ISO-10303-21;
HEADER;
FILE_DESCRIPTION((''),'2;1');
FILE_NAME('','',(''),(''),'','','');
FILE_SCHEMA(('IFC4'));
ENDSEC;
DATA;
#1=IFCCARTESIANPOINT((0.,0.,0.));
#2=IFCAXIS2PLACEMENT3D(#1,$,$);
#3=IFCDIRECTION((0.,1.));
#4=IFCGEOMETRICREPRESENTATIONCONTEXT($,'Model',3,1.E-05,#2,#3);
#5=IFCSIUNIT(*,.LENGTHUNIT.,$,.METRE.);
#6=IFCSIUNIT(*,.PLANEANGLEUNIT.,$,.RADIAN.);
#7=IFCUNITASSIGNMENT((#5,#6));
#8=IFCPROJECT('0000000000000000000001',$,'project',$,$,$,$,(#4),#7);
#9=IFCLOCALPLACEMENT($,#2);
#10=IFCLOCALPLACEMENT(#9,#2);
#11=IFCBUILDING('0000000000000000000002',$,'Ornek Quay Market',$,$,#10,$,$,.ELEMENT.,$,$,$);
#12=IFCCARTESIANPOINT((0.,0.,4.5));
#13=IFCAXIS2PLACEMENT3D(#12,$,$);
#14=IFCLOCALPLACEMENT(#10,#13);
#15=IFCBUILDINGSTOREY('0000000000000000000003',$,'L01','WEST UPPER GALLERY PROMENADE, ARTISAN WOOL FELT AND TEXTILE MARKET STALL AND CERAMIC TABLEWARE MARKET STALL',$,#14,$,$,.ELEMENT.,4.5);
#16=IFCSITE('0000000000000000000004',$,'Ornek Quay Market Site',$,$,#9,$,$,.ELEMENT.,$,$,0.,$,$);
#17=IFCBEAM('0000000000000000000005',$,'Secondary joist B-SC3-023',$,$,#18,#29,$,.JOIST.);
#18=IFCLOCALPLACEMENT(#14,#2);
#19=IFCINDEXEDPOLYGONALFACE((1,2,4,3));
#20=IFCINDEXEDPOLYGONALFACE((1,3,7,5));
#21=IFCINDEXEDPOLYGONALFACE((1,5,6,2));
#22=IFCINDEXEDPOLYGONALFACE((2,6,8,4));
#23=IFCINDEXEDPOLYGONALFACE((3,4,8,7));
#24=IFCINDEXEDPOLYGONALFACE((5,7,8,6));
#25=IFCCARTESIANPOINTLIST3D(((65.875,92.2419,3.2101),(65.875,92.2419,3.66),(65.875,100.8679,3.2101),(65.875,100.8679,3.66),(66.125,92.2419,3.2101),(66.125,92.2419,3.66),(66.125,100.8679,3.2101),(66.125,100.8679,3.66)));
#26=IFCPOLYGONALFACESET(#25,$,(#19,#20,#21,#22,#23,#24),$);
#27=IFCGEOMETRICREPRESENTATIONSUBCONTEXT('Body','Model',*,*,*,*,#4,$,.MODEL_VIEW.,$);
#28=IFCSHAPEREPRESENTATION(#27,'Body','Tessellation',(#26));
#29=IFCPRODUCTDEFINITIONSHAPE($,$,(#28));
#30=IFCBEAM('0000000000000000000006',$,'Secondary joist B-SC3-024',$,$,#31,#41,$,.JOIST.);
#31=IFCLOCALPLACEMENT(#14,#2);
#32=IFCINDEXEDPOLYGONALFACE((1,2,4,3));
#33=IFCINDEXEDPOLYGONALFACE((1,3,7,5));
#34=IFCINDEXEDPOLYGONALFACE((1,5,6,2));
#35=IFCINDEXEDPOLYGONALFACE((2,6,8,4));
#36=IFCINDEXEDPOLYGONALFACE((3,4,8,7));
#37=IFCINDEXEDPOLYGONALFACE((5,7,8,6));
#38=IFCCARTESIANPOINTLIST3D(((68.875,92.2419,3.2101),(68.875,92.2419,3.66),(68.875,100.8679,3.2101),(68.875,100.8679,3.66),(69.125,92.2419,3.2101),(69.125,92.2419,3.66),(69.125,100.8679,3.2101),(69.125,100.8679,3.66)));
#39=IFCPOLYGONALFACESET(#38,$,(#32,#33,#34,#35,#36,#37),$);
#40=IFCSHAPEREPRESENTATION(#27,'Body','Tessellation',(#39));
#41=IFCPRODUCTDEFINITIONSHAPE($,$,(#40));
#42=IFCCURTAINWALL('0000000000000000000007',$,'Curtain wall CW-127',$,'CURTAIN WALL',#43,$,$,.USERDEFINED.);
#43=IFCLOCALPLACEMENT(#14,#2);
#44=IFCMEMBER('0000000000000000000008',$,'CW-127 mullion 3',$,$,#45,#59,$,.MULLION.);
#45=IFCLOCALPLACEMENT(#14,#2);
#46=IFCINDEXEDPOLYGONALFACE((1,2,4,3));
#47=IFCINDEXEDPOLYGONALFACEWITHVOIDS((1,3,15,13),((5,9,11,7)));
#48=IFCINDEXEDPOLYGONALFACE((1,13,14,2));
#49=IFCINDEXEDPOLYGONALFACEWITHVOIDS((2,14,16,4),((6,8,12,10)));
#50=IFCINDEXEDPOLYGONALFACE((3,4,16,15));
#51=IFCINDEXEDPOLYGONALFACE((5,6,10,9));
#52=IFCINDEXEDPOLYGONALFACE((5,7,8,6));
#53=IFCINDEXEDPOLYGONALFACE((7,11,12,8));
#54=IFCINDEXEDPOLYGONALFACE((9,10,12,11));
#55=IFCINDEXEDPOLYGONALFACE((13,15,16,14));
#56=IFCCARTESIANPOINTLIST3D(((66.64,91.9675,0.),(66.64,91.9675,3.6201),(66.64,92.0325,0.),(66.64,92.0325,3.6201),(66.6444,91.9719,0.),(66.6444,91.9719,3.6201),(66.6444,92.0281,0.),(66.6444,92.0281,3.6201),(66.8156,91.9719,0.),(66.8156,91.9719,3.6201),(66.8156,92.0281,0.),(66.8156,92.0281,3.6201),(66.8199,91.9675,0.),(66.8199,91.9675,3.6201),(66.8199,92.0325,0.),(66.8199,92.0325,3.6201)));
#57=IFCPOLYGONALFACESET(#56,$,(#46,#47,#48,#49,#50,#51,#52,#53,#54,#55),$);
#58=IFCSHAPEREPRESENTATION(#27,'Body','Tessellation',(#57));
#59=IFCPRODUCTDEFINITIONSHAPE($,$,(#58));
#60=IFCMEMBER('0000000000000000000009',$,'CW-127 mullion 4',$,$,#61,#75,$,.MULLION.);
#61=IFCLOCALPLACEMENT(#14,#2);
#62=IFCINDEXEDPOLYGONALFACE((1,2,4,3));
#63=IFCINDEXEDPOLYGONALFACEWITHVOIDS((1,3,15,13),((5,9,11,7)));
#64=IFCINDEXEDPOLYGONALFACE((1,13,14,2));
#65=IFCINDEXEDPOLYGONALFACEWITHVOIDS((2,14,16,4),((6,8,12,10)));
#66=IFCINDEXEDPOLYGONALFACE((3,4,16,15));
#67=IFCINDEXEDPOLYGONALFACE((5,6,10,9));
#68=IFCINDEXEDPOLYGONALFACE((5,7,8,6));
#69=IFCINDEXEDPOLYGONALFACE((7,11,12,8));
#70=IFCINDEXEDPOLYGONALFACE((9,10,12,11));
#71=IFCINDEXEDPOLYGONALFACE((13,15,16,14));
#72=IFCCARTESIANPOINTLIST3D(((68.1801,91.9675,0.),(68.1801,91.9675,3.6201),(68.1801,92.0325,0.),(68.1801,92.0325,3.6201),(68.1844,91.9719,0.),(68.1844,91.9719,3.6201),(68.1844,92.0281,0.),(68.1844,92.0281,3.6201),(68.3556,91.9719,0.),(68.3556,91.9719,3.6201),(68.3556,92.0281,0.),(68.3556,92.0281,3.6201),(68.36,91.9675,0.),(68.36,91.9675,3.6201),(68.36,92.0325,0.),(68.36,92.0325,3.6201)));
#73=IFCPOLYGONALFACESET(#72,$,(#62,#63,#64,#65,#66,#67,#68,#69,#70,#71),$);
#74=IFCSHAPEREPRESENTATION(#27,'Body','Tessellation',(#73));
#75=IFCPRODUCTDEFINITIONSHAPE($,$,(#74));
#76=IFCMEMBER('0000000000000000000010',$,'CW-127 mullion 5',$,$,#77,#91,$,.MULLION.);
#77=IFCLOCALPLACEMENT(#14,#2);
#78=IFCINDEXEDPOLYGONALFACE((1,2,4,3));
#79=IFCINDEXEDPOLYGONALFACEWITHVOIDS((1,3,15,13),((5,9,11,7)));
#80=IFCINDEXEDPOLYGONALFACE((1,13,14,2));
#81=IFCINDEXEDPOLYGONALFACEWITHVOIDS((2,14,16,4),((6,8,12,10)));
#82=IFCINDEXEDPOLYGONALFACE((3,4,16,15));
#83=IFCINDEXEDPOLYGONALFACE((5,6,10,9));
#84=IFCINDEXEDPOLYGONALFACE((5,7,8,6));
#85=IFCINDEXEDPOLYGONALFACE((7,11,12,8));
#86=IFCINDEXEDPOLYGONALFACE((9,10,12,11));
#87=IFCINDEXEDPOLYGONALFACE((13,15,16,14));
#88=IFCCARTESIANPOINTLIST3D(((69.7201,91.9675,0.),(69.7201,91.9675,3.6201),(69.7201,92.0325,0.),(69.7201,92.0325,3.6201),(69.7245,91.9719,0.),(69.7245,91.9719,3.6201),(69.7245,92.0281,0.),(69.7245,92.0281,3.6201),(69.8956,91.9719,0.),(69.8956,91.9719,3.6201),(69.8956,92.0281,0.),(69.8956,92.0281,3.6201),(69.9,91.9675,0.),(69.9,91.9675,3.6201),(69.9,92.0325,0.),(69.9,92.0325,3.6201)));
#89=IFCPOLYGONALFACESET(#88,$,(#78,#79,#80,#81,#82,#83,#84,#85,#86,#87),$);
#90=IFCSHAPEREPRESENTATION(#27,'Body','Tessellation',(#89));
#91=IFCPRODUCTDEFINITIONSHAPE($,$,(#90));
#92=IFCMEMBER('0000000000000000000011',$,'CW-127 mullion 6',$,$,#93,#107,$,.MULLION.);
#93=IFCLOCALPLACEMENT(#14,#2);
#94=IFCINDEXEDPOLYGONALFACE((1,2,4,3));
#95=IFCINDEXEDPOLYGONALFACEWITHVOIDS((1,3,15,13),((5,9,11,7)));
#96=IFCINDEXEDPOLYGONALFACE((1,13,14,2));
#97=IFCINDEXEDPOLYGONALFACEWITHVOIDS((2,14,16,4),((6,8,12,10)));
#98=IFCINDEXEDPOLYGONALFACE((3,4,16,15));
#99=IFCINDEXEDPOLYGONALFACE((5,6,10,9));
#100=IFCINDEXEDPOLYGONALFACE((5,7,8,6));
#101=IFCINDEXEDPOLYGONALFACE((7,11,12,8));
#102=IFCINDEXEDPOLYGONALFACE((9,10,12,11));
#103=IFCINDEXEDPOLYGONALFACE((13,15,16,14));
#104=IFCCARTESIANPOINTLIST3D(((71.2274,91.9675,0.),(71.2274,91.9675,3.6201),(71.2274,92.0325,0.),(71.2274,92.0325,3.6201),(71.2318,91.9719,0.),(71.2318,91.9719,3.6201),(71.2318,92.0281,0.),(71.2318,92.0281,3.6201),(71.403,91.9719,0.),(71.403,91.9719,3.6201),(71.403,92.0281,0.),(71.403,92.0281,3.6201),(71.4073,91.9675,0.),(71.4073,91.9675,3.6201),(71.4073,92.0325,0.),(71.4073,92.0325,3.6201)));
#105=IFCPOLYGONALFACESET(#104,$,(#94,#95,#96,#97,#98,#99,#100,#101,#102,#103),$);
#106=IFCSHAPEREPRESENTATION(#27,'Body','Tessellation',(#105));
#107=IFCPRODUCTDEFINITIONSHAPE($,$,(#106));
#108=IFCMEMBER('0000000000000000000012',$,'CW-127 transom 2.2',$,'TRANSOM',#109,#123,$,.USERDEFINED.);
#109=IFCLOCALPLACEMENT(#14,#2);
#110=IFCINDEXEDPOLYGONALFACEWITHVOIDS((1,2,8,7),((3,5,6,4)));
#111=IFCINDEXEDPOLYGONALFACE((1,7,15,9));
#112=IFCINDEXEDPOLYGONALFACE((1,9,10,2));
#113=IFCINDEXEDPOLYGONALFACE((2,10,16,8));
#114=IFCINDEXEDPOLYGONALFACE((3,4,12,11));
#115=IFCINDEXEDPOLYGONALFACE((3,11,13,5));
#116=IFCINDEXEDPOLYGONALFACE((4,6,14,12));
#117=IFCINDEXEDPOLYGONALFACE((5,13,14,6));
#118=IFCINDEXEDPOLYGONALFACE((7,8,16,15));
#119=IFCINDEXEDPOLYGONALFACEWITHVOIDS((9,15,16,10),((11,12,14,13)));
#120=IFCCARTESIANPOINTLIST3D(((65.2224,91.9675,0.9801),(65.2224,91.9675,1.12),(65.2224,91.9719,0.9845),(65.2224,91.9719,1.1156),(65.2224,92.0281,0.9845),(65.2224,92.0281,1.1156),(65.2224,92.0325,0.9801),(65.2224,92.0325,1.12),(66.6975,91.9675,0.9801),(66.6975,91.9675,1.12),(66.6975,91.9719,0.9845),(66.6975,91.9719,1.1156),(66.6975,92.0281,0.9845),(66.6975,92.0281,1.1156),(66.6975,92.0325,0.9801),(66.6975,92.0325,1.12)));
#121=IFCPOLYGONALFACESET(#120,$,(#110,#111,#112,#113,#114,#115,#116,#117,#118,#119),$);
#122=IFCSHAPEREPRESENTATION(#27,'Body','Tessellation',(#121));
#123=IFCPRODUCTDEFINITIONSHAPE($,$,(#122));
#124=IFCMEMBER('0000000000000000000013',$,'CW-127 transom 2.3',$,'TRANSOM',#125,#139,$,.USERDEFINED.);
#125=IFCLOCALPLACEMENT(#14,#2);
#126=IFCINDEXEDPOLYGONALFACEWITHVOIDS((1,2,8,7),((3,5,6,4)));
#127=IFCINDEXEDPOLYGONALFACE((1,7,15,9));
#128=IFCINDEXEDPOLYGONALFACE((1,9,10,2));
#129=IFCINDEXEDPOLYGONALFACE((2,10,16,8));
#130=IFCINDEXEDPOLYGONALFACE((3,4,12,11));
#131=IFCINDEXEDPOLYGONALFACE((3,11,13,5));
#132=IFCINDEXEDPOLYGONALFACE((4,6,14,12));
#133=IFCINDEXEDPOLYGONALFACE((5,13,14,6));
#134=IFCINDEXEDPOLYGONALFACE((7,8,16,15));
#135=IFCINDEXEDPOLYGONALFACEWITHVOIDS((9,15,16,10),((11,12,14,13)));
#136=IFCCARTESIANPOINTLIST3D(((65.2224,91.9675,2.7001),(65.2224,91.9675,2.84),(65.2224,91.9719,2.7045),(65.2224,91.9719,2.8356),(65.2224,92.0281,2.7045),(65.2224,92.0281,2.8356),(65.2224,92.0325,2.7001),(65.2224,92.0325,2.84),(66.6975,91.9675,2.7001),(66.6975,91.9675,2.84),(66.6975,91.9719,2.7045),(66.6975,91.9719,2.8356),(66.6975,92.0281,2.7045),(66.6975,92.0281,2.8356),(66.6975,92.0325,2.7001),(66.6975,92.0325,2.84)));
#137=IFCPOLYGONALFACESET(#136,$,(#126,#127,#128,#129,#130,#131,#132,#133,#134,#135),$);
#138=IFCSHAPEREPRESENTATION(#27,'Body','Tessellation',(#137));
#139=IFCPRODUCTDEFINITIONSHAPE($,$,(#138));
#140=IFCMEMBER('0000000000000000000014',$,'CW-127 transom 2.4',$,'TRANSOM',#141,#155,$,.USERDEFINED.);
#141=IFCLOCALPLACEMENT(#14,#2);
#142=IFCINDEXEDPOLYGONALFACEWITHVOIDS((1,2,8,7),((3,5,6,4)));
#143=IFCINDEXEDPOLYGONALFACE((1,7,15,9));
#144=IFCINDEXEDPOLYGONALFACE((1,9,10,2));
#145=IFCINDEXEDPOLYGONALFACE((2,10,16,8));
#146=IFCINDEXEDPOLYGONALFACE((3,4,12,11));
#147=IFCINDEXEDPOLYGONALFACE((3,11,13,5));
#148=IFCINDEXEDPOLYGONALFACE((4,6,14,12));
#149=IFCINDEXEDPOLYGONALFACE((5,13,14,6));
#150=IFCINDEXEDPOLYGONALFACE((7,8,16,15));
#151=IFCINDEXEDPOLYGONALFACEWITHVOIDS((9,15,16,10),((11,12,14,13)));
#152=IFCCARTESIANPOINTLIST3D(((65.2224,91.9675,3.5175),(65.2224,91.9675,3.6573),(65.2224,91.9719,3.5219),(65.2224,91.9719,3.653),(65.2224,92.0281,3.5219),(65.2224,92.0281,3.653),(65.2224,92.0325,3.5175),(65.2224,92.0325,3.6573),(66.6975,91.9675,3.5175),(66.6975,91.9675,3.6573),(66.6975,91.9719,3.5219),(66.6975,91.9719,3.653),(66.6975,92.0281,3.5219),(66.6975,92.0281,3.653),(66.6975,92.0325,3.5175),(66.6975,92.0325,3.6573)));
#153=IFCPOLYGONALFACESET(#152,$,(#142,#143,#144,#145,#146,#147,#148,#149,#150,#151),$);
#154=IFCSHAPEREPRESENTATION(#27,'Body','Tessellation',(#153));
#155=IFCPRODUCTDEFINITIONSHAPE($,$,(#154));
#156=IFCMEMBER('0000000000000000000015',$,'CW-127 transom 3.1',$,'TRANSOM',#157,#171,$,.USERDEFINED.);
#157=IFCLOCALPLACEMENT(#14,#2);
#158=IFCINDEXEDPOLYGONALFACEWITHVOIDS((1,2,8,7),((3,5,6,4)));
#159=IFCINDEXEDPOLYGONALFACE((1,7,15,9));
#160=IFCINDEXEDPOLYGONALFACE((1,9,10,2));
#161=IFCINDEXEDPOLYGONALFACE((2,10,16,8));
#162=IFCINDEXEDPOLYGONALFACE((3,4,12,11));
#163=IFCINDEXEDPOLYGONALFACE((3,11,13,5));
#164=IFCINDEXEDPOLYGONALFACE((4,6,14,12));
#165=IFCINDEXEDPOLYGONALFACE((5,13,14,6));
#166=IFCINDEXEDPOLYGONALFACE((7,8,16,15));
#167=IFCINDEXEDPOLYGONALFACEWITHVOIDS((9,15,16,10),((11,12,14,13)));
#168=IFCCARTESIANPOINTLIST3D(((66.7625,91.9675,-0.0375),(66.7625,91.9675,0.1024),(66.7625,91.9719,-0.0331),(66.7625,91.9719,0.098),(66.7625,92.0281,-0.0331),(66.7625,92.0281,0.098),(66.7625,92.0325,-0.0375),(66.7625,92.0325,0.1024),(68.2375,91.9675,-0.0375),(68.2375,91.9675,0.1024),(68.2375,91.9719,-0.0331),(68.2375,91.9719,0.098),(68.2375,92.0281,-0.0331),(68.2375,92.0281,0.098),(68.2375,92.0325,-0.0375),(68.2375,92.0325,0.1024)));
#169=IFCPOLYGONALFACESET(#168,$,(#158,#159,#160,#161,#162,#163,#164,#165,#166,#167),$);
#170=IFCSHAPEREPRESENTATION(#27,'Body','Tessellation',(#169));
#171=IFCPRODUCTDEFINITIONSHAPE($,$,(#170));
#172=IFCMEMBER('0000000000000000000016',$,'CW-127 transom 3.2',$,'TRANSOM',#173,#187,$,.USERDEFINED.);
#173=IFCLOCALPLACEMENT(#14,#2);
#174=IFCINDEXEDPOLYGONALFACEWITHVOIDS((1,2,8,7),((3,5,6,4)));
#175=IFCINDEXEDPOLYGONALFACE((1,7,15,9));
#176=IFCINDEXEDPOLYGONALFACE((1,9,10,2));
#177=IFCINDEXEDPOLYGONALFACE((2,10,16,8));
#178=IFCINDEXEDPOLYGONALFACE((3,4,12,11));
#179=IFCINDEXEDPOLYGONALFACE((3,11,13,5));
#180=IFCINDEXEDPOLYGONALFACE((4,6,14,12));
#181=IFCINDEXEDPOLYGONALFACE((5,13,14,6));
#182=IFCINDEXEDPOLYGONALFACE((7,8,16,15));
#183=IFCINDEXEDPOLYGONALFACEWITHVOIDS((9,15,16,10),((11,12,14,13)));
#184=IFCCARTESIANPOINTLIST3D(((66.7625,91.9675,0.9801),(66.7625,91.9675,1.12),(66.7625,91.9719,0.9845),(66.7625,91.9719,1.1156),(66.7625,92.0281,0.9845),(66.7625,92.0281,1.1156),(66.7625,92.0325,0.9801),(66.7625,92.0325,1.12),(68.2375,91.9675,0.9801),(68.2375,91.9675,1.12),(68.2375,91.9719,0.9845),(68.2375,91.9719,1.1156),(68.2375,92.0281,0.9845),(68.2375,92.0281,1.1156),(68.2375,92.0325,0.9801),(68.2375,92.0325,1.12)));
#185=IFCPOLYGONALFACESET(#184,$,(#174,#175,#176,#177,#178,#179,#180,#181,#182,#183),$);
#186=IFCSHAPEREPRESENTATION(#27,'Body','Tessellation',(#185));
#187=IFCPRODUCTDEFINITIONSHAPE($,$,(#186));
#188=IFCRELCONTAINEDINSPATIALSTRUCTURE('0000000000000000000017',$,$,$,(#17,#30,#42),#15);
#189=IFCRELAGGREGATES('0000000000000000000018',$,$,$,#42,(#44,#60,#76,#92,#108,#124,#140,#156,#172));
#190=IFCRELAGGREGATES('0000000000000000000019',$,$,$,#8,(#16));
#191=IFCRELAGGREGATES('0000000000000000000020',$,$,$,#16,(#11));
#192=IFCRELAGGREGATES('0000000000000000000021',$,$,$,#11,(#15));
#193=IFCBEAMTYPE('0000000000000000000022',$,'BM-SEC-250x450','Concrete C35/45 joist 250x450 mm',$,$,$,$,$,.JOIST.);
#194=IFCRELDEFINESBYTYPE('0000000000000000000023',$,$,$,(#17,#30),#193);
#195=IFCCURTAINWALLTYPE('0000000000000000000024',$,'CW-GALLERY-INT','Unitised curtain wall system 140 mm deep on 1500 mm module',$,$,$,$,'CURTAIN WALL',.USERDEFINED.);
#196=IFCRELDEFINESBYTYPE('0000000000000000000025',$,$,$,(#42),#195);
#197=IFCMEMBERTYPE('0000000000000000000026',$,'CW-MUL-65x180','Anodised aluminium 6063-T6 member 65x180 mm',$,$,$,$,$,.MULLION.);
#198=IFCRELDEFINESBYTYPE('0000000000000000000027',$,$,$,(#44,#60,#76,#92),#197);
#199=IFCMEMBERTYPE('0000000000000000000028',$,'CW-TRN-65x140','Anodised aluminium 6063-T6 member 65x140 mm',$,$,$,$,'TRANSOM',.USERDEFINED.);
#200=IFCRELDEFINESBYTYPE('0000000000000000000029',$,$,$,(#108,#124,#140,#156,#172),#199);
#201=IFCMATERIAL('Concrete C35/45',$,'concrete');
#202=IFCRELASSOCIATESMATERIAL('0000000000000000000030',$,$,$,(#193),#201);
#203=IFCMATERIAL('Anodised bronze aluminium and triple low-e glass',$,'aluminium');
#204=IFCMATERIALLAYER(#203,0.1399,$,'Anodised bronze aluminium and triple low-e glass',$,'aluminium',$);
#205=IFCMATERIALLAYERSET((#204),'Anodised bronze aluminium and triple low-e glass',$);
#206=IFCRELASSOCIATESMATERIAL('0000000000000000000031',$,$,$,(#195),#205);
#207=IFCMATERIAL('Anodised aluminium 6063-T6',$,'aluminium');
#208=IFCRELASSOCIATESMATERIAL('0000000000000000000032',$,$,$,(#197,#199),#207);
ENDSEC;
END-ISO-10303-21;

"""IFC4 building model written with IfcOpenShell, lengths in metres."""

from ifc_helpers import new_model, si_unit, direction, frame, origin, origin_2d, place, context, subcontext, project, spatial, rectangle, hollow_rectangle, extrude, material, layer, layer_set, material_profile, profile_set, type_object, element, aggregate, save


model = new_model("IFC4")

# Units and contexts
model_context = context("Model", 3, precision=1e-05, world=origin(), true_north=direction((0.0, 1.0)))
body_context = subcontext(model_context, "Body", "Model", "MODEL_VIEW")
ifc_project = project(units=[si_unit("LENGTHUNIT", "METRE"), si_unit("PLANEANGLEUNIT", "RADIAN")], contexts=[model_context])

# Site, building, storey
site_placement = place(None, origin())
site = spatial("IfcSite", under=ifc_project, at=site_placement, Name="Ornek Quay Market Site", CompositionType="ELEMENT", RefElevation=0.0)
building_placement = place(site_placement, origin())
building = spatial("IfcBuilding", under=site, at=building_placement, Name="Ornek Quay Market", CompositionType="ELEMENT")
storey_placement = place(building_placement, frame((0.0, 0.0, 4.5)))
storey = spatial("IfcBuildingStorey", under=building, at=storey_placement, Name="L01", Description="WEST UPPER GALLERY PROMENADE, ARTISAN WOOL FELT AND TEXTILE MARKET STALL AND CERAMIC TABLEWARE MARKET STALL", CompositionType="ELEMENT", Elevation=4.5)

# Beams
ifc_material_1 = material(Name="Concrete C35/45", Category="concrete")
ifc_material_profile_1 = material_profile(ifc_material_1, rectangle(XDim=0.25, YDim=0.45, at=origin_2d()), Name="RC 250x450", Category="concrete")
ifc_profile_set_1 = profile_set([ifc_material_profile_1], Name="Concrete C35/45")
beam_type = type_object("IfcBeamType", Name="BM-SEC-250x450", Description="Concrete C35/45 joist 250x450 mm", PredefinedType="JOIST", material=ifc_profile_set_1)
for number, where, z_axis, x_axis, name in (
    (1, (66.0, 92.2419, 3.4351), (0.0, 1.0, 0.0), (-1.0, 0.0, 0.0), "Secondary joist B-SC3-023"),
    (2, (69.0, 92.2419, 3.4351), (0.0, 1.0, 0.0), (-1.0, 0.0, 0.0), "Secondary joist B-SC3-024"),
):
    element("IfcBeam", number, at=place(storey_placement, frame(where, z_axis=z_axis, x_axis=x_axis)), inside=storey, type_object=beam_type, Name=name, PredefinedType="JOIST", context=body_context, shape_type="SweptSolid", body=[
        extrude(rectangle(XDim=0.25, YDim=0.45, at=origin_2d()), origin(), (0.0, 0.0, 1.0), 8.626),
    ])

# Curtain wall, members
ifc_material_2 = material(Name="Anodised bronze aluminium and triple low-e glass", Category="aluminium")
ifc_layer_1 = layer(ifc_material_2, 0.1399, Name="Anodised bronze aluminium and triple low-e glass", Category="aluminium")
ifc_layer_set_1 = layer_set([ifc_layer_1], Name="Anodised bronze aluminium and triple low-e glass")
curtain_wall_type = type_object("IfcCurtainWallType", Name="CW-GALLERY-INT", Description="Unitised curtain wall system 140 mm deep on 1500 mm module", ElementType="CURTAIN WALL", PredefinedType="USERDEFINED", material=ifc_layer_set_1)
curtain_wall_placement = place(storey_placement, origin())
curtain_wall = element("IfcCurtainWall", 3, at=curtain_wall_placement, inside=storey, type_object=curtain_wall_type, Name="Curtain wall CW-127", ObjectType="CURTAIN WALL", PredefinedType="USERDEFINED")
ifc_material_3 = material(Name="Anodised aluminium 6063-T6", Category="aluminium")
ifc_material_profile_2 = material_profile(ifc_material_3, hollow_rectangle(XDim=0.0649, YDim=0.1799, WallThickness=0.0044, at=origin_2d()), Name="CW-MUL-65x180", Category="aluminium")
ifc_profile_set_2 = profile_set([ifc_material_profile_2], Name="Anodised aluminium 6063-T6")
member_type_1 = type_object("IfcMemberType", Name="CW-MUL-65x180", Description="Anodised aluminium 6063-T6 member 65x180 mm", PredefinedType="MULLION", material=ifc_profile_set_2)
member_1_placement = place(storey_placement, frame((66.73, 92.0, 0.0), z_axis=(0.0, 0.0, 1.0), x_axis=(0.0, 1.0, 0.0)))
member_1 = element("IfcMember", 4, at=member_1_placement, type_object=member_type_1, Name="CW-127 mullion 3", PredefinedType="MULLION", context=body_context, shape_type="SweptSolid", body=[
    extrude(hollow_rectangle(XDim=0.0649, YDim=0.1799, WallThickness=0.0044, at=origin_2d()), origin(), (0.0, 0.0, 1.0), 3.6201),
])
member_2_placement = place(storey_placement, frame((68.27, 92.0, 0.0), z_axis=(0.0, 0.0, 1.0), x_axis=(0.0, 1.0, 0.0)))
member_2 = element("IfcMember", 5, at=member_2_placement, type_object=member_type_1, Name="CW-127 mullion 4", PredefinedType="MULLION", context=body_context, shape_type="SweptSolid", body=[
    extrude(hollow_rectangle(XDim=0.0649, YDim=0.1799, WallThickness=0.0044, at=origin_2d()), origin(), (0.0, 0.0, 1.0), 3.6201),
])
member_3_placement = place(storey_placement, frame((69.8101, 92.0, 0.0), z_axis=(0.0, 0.0, 1.0), x_axis=(0.0, 1.0, 0.0)))
member_3 = element("IfcMember", 6, at=member_3_placement, type_object=member_type_1, Name="CW-127 mullion 5", PredefinedType="MULLION", context=body_context, shape_type="SweptSolid", body=[
    extrude(hollow_rectangle(XDim=0.0649, YDim=0.1799, WallThickness=0.0044, at=origin_2d()), origin(), (0.0, 0.0, 1.0), 3.6201),
])
member_4_placement = place(storey_placement, frame((71.3174, 92.0, 0.0), z_axis=(0.0, 0.0, 1.0), x_axis=(0.0, 1.0, 0.0)))
member_4 = element("IfcMember", 7, at=member_4_placement, type_object=member_type_1, Name="CW-127 mullion 6", PredefinedType="MULLION", context=body_context, shape_type="SweptSolid", body=[
    extrude(hollow_rectangle(XDim=0.0649, YDim=0.1799, WallThickness=0.0044, at=origin_2d()), origin(), (0.0, 0.0, 1.0), 3.6201),
])
ifc_material_profile_3 = material_profile(ifc_material_3, hollow_rectangle(XDim=0.0649, YDim=0.1399, WallThickness=0.0044, at=origin_2d()), Name="CW-TRN-65x140", Category="aluminium")
ifc_profile_set_3 = profile_set([ifc_material_profile_3], Name="Anodised aluminium 6063-T6")
member_type_2 = type_object("IfcMemberType", Name="CW-TRN-65x140", Description="Anodised aluminium 6063-T6 member 65x140 mm", ElementType="TRANSOM", PredefinedType="USERDEFINED", material=ifc_profile_set_3)
member_5_placement = place(storey_placement, frame((65.2224, 92.0, 1.05), z_axis=(1.0, 0.0, 0.0), x_axis=(0.0, 1.0, 0.0)))
member_5 = element("IfcMember", 8, at=member_5_placement, type_object=member_type_2, Name="CW-127 transom 2.2", ObjectType="TRANSOM", PredefinedType="USERDEFINED", context=body_context, shape_type="SweptSolid", body=[
    extrude(hollow_rectangle(XDim=0.0649, YDim=0.1399, WallThickness=0.0044, at=origin_2d()), origin(), (0.0, 0.0, 1.0), 1.4751),
])
member_6_placement = place(storey_placement, frame((65.2224, 92.0, 2.77), z_axis=(1.0, 0.0, 0.0), x_axis=(0.0, 1.0, 0.0)))
member_6 = element("IfcMember", 9, at=member_6_placement, type_object=member_type_2, Name="CW-127 transom 2.3", ObjectType="TRANSOM", PredefinedType="USERDEFINED", context=body_context, shape_type="SweptSolid", body=[
    extrude(hollow_rectangle(XDim=0.0649, YDim=0.1399, WallThickness=0.0044, at=origin_2d()), origin(), (0.0, 0.0, 1.0), 1.4751),
])
member_7_placement = place(storey_placement, frame((65.2224, 92.0, 3.5874), z_axis=(1.0, 0.0, 0.0), x_axis=(0.0, 1.0, 0.0)))
member_7 = element("IfcMember", 10, at=member_7_placement, type_object=member_type_2, Name="CW-127 transom 2.4", ObjectType="TRANSOM", PredefinedType="USERDEFINED", context=body_context, shape_type="SweptSolid", body=[
    extrude(hollow_rectangle(XDim=0.0649, YDim=0.1399, WallThickness=0.0044, at=origin_2d()), origin(), (0.0, 0.0, 1.0), 1.4751),
])
member_8_placement = place(storey_placement, frame((66.7625, 92.0, 0.0325), z_axis=(1.0, 0.0, 0.0), x_axis=(0.0, 1.0, 0.0)))
member_8 = element("IfcMember", 11, at=member_8_placement, type_object=member_type_2, Name="CW-127 transom 3.1", ObjectType="TRANSOM", PredefinedType="USERDEFINED", context=body_context, shape_type="SweptSolid", body=[
    extrude(hollow_rectangle(XDim=0.0649, YDim=0.1399, WallThickness=0.0044, at=origin_2d()), origin(), (0.0, 0.0, 1.0), 1.4751),
])
member_9_placement = place(storey_placement, frame((66.7625, 92.0, 1.05), z_axis=(1.0, 0.0, 0.0), x_axis=(0.0, 1.0, 0.0)))
member_9 = element("IfcMember", 12, at=member_9_placement, type_object=member_type_2, Name="CW-127 transom 3.2", ObjectType="TRANSOM", PredefinedType="USERDEFINED", context=body_context, shape_type="SweptSolid", body=[
    extrude(hollow_rectangle(XDim=0.0649, YDim=0.1399, WallThickness=0.0044, at=origin_2d()), origin(), (0.0, 0.0, 1.0), 1.4751),
])
aggregate(curtain_wall, [member_1, member_2, member_3, member_4, member_5, member_6, member_7, member_8, member_9])

save(model, "model.ifc")
